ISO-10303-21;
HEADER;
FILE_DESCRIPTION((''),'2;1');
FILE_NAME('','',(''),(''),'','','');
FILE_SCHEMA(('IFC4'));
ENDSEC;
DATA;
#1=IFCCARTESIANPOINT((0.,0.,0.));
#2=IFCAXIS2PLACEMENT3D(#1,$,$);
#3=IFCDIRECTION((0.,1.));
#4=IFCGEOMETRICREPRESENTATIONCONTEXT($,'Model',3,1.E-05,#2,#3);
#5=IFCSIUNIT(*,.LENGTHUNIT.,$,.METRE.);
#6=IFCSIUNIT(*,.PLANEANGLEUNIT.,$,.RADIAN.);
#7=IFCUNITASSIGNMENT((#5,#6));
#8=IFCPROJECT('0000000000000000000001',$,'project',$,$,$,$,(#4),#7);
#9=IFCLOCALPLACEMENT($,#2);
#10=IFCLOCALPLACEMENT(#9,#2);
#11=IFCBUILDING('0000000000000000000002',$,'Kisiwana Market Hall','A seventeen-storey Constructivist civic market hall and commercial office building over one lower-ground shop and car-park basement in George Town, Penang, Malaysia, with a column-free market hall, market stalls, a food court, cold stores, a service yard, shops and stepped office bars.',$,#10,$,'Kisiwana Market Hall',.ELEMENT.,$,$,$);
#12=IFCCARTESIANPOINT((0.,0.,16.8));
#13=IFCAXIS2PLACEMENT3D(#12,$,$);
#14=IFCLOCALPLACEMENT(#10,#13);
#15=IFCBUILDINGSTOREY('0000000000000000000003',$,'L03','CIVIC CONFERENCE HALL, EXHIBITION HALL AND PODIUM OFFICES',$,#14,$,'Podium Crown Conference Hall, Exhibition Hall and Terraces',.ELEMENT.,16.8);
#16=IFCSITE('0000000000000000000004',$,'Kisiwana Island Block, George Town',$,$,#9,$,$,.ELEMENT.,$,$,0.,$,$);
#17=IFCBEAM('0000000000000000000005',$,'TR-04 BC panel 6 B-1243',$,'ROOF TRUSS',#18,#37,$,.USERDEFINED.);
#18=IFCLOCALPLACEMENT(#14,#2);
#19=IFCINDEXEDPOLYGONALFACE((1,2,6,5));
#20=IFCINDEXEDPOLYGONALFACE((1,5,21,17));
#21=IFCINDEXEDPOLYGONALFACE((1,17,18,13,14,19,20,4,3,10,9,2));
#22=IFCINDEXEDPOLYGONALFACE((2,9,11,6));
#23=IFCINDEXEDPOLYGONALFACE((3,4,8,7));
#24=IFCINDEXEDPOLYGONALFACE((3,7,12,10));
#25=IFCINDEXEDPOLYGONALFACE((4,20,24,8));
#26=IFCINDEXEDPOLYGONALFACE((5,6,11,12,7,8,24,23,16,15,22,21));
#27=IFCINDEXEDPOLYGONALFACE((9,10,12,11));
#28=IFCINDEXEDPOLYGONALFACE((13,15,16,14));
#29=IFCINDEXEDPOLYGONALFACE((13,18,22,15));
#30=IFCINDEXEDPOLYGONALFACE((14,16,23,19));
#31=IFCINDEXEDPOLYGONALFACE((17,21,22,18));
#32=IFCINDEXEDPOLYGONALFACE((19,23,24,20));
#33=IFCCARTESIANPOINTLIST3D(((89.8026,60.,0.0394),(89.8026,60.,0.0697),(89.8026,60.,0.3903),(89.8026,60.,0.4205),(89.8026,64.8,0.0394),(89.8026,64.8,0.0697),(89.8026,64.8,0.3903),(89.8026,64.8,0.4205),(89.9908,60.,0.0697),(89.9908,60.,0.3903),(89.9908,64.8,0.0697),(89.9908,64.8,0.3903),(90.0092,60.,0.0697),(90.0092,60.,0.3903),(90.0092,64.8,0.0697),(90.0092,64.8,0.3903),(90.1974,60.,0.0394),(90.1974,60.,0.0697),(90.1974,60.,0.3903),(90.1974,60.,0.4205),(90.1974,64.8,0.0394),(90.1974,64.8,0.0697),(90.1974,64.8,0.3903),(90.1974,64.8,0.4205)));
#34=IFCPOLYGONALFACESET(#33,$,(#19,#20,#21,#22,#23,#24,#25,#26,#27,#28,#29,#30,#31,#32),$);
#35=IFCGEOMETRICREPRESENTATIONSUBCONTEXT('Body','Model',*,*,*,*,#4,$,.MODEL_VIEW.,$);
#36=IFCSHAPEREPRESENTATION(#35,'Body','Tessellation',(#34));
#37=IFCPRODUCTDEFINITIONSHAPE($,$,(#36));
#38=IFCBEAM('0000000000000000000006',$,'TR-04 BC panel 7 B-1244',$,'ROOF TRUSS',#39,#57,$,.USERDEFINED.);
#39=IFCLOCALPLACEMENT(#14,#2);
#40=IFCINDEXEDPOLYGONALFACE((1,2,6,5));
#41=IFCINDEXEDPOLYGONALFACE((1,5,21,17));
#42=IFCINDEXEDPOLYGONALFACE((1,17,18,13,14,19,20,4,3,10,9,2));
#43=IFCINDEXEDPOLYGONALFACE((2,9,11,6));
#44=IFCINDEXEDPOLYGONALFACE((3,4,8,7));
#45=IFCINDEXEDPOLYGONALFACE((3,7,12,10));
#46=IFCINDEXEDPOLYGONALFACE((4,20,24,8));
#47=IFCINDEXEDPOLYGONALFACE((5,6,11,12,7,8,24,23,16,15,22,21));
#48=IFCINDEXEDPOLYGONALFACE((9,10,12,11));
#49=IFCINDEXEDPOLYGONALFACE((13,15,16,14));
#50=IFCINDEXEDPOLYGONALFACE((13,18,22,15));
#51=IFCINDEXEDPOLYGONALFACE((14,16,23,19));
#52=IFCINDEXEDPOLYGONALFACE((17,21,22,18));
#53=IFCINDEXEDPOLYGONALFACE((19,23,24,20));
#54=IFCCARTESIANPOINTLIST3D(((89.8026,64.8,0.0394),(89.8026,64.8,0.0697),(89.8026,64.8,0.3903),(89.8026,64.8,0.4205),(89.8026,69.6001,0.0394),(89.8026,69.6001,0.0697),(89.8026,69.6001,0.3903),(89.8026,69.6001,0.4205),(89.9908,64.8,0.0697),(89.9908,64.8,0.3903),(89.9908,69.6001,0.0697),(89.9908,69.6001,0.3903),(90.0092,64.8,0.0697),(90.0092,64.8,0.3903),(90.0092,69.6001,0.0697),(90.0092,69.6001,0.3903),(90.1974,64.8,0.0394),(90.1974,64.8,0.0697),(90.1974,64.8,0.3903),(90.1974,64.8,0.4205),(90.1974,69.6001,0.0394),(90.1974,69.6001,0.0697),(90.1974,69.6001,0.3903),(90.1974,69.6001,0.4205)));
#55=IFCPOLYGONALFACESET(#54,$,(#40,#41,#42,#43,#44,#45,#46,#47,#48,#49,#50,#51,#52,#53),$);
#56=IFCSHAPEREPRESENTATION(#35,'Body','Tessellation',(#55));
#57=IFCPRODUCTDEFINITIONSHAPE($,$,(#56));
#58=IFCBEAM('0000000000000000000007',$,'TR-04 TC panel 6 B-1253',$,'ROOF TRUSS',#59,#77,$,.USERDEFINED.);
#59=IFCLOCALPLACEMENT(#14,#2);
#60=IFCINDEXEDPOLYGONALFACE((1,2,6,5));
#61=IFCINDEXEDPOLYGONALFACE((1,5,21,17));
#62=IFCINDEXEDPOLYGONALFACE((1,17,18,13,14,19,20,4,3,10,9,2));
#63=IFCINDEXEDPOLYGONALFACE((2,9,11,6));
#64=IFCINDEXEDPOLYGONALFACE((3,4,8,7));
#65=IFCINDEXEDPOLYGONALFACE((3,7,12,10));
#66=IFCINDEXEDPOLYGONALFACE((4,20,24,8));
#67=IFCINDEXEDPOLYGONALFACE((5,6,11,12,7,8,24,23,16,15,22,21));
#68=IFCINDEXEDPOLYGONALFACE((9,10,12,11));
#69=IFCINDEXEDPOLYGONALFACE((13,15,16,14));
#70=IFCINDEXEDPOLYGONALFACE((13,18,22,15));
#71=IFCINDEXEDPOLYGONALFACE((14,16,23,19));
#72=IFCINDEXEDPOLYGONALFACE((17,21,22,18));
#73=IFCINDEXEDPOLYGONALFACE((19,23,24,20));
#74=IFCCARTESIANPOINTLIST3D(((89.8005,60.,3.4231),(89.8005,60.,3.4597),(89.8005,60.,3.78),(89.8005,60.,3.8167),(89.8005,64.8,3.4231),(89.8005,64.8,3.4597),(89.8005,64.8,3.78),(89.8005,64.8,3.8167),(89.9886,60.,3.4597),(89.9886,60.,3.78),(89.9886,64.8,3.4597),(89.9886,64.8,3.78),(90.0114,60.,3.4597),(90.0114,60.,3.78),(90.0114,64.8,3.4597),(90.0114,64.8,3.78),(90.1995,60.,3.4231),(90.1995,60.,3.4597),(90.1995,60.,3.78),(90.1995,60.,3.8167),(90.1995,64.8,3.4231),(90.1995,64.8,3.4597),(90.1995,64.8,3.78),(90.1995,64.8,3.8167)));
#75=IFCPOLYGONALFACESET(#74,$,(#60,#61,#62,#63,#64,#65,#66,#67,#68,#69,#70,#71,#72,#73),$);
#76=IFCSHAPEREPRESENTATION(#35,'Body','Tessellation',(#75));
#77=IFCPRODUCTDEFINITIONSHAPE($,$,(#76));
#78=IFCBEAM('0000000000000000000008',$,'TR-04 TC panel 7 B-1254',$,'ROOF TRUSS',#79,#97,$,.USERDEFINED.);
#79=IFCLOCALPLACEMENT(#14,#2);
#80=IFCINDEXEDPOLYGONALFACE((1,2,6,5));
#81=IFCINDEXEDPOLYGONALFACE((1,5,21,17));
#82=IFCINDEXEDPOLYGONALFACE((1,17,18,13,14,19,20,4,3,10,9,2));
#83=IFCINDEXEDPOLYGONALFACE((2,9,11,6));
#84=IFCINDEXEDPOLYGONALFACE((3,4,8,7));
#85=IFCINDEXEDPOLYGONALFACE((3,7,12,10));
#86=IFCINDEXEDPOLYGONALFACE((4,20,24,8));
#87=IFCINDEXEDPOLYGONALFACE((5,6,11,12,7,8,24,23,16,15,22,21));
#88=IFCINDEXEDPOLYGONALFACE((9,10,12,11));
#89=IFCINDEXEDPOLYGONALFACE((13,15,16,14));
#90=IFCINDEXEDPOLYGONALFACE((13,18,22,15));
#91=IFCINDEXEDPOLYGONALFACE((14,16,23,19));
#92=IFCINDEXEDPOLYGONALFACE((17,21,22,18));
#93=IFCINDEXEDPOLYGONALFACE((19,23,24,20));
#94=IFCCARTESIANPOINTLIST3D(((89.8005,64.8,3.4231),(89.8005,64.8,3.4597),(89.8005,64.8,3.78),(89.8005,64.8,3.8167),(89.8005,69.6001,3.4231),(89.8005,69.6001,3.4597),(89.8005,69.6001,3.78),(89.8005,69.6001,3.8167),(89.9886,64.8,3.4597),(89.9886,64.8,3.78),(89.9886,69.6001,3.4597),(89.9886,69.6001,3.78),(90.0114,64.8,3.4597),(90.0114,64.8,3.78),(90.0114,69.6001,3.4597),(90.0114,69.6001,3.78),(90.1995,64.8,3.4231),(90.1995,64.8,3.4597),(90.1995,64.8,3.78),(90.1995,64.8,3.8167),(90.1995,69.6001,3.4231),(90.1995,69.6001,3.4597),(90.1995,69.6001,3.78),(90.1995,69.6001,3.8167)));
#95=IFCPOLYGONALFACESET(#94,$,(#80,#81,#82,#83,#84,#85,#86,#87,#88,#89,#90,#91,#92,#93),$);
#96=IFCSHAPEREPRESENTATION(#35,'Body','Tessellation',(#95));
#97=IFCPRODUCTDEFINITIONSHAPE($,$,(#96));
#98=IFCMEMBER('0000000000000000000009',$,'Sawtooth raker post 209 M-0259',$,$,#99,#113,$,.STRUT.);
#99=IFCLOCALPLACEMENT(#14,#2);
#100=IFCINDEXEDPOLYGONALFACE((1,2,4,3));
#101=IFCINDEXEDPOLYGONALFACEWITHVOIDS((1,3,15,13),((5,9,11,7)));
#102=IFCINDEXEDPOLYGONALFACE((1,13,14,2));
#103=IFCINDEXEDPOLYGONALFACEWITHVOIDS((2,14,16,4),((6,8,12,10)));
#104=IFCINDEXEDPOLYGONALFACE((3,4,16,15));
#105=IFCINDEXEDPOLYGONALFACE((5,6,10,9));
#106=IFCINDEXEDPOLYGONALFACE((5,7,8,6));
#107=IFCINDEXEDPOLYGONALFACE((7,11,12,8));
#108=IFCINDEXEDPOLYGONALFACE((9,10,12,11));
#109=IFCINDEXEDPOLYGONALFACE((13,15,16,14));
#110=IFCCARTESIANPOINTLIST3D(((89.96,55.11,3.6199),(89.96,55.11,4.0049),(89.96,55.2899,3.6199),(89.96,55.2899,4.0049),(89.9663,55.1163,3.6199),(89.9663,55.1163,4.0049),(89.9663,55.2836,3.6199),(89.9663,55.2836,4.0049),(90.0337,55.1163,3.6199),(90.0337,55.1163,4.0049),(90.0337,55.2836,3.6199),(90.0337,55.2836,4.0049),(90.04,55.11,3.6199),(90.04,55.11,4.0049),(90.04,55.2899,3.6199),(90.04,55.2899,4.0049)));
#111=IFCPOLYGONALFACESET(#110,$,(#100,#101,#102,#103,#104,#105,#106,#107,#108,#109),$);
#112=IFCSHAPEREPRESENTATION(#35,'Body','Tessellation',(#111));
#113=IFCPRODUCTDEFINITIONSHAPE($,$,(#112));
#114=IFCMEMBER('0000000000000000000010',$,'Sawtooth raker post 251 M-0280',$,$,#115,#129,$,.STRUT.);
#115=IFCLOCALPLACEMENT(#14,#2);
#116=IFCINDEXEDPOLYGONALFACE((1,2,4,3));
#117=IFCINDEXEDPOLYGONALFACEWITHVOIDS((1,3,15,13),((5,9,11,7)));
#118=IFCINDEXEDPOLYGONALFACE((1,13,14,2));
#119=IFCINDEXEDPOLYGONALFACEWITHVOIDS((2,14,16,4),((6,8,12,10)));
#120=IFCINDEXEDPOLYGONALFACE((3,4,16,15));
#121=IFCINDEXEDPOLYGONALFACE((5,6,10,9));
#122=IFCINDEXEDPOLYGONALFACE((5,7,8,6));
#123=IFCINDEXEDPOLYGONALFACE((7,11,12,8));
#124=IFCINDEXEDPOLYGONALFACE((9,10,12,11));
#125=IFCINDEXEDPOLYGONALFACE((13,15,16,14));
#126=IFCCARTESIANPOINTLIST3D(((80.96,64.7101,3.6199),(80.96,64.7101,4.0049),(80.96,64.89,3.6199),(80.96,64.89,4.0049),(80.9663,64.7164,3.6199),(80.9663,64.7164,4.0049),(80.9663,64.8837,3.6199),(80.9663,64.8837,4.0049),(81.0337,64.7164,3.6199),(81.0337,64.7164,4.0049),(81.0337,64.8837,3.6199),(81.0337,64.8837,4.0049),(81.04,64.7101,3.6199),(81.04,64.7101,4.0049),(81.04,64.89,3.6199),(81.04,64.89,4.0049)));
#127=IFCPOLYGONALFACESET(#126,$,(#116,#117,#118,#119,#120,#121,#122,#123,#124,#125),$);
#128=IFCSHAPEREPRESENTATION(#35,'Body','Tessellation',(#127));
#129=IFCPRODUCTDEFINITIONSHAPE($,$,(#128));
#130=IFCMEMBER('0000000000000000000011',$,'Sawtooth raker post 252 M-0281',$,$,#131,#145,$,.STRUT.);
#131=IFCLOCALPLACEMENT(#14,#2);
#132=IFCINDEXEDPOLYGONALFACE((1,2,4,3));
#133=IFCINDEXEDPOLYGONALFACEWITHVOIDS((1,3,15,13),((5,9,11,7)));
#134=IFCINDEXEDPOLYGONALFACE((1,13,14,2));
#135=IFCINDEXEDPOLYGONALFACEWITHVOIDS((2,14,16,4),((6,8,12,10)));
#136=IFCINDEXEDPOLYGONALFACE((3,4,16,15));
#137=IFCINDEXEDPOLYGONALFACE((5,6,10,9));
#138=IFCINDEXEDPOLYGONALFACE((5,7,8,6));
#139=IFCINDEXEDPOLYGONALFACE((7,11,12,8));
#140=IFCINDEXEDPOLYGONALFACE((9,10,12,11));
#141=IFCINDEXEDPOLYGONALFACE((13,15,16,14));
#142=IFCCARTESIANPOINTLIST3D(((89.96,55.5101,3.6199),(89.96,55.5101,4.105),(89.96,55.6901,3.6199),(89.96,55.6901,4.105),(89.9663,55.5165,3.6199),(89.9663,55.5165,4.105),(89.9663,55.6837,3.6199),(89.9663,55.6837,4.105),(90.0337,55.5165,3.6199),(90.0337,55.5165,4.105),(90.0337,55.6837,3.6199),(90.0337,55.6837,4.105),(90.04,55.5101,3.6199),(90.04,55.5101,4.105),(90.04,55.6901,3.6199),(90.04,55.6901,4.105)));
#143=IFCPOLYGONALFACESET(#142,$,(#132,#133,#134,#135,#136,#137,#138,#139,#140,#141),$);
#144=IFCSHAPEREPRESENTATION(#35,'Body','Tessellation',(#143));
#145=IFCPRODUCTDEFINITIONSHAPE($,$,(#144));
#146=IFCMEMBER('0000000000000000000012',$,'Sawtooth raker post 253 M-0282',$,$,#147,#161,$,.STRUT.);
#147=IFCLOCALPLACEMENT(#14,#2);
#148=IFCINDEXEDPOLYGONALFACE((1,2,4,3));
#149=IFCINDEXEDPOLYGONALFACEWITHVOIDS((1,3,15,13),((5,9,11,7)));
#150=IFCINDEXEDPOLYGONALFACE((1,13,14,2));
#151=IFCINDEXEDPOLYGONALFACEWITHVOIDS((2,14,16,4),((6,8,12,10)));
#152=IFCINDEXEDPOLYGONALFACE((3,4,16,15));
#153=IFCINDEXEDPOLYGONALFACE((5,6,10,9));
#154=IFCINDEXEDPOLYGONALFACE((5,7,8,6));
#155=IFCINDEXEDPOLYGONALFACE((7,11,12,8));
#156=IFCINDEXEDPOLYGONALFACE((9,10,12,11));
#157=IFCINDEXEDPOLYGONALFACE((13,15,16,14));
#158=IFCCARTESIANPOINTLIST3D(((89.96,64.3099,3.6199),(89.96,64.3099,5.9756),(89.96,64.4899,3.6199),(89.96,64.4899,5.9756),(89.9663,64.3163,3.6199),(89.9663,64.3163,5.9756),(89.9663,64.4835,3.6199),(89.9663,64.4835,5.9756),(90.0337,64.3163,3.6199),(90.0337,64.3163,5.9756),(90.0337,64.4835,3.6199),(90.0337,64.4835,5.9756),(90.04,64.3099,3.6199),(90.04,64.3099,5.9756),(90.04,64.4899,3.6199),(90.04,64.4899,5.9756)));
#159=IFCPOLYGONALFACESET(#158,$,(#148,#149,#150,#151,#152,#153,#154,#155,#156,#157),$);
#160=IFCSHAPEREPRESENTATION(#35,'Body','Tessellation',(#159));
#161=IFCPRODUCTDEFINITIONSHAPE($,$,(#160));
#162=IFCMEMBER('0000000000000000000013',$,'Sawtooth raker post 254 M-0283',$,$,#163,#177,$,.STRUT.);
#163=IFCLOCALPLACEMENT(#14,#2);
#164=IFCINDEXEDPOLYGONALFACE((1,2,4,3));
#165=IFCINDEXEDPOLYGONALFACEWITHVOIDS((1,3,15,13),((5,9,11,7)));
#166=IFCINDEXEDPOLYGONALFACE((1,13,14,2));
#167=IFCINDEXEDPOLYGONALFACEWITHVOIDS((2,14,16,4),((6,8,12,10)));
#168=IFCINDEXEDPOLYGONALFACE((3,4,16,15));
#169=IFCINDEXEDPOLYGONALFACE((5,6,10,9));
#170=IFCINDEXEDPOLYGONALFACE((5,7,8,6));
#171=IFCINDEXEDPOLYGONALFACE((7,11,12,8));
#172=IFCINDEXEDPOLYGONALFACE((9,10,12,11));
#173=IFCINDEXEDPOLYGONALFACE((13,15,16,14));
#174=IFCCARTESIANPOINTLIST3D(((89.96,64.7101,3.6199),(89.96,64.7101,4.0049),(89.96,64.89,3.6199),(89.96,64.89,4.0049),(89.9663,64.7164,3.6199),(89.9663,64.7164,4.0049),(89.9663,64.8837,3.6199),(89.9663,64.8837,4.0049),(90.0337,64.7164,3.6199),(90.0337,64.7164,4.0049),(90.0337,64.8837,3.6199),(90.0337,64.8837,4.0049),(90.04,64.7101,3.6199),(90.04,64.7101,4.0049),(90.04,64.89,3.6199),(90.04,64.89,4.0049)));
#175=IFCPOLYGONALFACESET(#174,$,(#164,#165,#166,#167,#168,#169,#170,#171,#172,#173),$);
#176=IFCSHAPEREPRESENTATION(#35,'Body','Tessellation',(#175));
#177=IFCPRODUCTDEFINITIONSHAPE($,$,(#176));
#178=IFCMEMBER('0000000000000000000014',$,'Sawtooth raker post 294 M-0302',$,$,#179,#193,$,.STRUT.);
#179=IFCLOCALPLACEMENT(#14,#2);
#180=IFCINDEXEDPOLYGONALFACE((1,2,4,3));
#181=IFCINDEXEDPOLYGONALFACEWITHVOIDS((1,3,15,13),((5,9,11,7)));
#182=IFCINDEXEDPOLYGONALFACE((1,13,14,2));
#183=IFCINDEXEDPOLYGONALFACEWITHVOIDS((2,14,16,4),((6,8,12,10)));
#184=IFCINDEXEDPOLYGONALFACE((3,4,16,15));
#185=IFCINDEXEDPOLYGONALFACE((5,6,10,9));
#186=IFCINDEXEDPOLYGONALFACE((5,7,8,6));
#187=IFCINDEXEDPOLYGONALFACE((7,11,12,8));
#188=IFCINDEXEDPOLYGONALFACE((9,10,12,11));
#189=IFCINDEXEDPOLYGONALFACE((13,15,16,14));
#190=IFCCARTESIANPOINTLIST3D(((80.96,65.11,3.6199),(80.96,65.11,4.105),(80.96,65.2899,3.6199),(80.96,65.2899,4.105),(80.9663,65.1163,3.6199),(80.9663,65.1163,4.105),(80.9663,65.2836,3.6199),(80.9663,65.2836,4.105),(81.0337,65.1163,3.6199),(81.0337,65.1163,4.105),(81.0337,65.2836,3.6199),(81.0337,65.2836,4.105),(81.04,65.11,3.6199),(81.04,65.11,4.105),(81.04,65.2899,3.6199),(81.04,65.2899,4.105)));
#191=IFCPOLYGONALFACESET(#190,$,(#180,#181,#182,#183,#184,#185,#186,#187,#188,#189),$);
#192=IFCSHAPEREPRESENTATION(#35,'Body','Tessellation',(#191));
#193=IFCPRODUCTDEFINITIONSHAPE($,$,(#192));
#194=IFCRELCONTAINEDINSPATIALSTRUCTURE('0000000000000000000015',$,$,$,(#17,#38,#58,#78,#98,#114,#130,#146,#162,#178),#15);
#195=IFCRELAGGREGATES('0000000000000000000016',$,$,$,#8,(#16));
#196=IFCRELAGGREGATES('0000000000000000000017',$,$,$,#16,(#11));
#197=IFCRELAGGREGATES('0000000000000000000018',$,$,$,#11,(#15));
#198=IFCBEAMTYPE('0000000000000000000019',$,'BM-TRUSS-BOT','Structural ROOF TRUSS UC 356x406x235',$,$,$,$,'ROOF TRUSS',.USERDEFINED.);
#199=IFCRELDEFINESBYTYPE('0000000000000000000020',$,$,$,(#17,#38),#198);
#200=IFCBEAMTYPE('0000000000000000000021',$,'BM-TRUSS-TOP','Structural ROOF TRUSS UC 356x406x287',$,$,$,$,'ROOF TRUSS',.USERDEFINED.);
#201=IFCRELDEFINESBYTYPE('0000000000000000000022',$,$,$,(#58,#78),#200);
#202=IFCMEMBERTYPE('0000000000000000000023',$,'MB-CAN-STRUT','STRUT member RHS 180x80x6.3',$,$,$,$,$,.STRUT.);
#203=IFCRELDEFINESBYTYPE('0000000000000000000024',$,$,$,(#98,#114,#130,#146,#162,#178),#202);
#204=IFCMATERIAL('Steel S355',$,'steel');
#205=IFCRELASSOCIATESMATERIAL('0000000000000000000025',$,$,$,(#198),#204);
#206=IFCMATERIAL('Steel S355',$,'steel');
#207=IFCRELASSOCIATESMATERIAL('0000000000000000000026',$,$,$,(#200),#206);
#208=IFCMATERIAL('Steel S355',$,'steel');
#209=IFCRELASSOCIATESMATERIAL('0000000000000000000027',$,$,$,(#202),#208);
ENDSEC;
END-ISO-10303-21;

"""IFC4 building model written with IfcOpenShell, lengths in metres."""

from ifc_helpers import new_model, si_unit, direction, frame, origin, origin_2d, place, context, subcontext, project, spatial, hollow_rectangle, i_section, extrude, material, material_profile, profile_set, type_object, element, save


model = new_model("IFC4")

# Units and contexts
model_context = context("Model", 3, precision=1e-05, world=origin(), true_north=direction((0.0, 1.0)))
body_context = subcontext(model_context, "Body", "Model", "MODEL_VIEW")
ifc_project = project(units=[si_unit("LENGTHUNIT", "METRE"), si_unit("PLANEANGLEUNIT", "RADIAN")], contexts=[model_context])

# Site, building, storey
site_placement = place(None, origin())
site = spatial("IfcSite", under=ifc_project, at=site_placement, Name="Kisiwana Island Block, George Town", CompositionType="ELEMENT", RefElevation=0.0)
building_placement = place(site_placement, origin())
building = spatial("IfcBuilding", under=site, at=building_placement, Name="Kisiwana Market Hall", Description="A seventeen-storey Constructivist civic market hall and commercial office building over one lower-ground shop and car-park basement in George Town, Penang, Malaysia, with a column-free market hall, market stalls, a food court, cold stores, a service yard, shops and stepped office bars.", LongName="Kisiwana Market Hall", CompositionType="ELEMENT")
storey_placement = place(building_placement, frame((0.0, 0.0, 16.8)))
storey = spatial("IfcBuildingStorey", under=building, at=storey_placement, Name="L03", Description="CIVIC CONFERENCE HALL, EXHIBITION HALL AND PODIUM OFFICES", LongName="Podium Crown Conference Hall, Exhibition Hall and Terraces", CompositionType="ELEMENT", Elevation=16.8)

# Beams
ifc_material_1 = material(Name="Steel S355", Category="steel")
ifc_material_profile_1 = material_profile(ifc_material_1, i_section(OverallWidth=0.3948, OverallDepth=0.3811, WebThickness=0.0183, FlangeThickness=0.0303, at=origin_2d()), Name="UC 356x406x235")
ifc_profile_set_1 = profile_set([ifc_material_profile_1], Name="Steel S355")
beam_type_1 = type_object("IfcBeamType", Name="BM-TRUSS-BOT", Description="Structural ROOF TRUSS UC 356x406x235", ElementType="ROOF TRUSS", PredefinedType="USERDEFINED", material=ifc_profile_set_1)
for number, where, z_axis, x_axis, name in (
    (1, (90.0, 60.0, 0.23), (0.0, 1.0, 0.0), (-1.0, 0.0, 0.0), "TR-04 BC panel 6 B-1243"),
    (2, (90.0, 64.8, 0.23), (0.0, 1.0, 0.0), (-1.0, 0.0, 0.0), "TR-04 BC panel 7 B-1244"),
):
    element("IfcBeam", number, at=place(storey_placement, frame(where, z_axis=z_axis, x_axis=x_axis)), inside=storey, type_object=beam_type_1, Name=name, ObjectType="ROOF TRUSS", PredefinedType="USERDEFINED", context=body_context, shape_type="SweptSolid", body=[
        extrude(i_section(OverallWidth=0.3948, OverallDepth=0.3811, WebThickness=0.0183, FlangeThickness=0.0303, at=origin_2d()), origin(), (0.0, 0.0, 1.0), 4.8),
    ])
ifc_material_2 = material(Name="Steel S355", Category="steel")
ifc_material_profile_2 = material_profile(ifc_material_2, i_section(OverallWidth=0.3989, OverallDepth=0.3936, WebThickness=0.0227, FlangeThickness=0.0366, at=origin_2d()), Name="UC 356x406x287")
ifc_profile_set_2 = profile_set([ifc_material_profile_2], Name="Steel S355")
beam_type_2 = type_object("IfcBeamType", Name="BM-TRUSS-TOP", Description="Structural ROOF TRUSS UC 356x406x287", ElementType="ROOF TRUSS", PredefinedType="USERDEFINED", material=ifc_profile_set_2)
for number, where, z_axis, x_axis, name in (
    (3, (90.0, 60.0, 3.6199), (0.0, 1.0, 0.0), (-1.0, 0.0, 0.0), "TR-04 TC panel 6 B-1253"),
    (4, (90.0, 64.8, 3.6199), (0.0, 1.0, 0.0), (-1.0, 0.0, 0.0), "TR-04 TC panel 7 B-1254"),
):
    element("IfcBeam", number, at=place(storey_placement, frame(where, z_axis=z_axis, x_axis=x_axis)), inside=storey, type_object=beam_type_2, Name=name, ObjectType="ROOF TRUSS", PredefinedType="USERDEFINED", context=body_context, shape_type="SweptSolid", body=[
        extrude(i_section(OverallWidth=0.3989, OverallDepth=0.3936, WebThickness=0.0227, FlangeThickness=0.0366, at=origin_2d()), origin(), (0.0, 0.0, 1.0), 4.8),
    ])

# Members
ifc_material_3 = material(Name="Steel S355", Category="steel")
ifc_material_profile_3 = material_profile(ifc_material_3, hollow_rectangle(XDim=0.0801, YDim=0.1799, WallThickness=0.0063, at=origin_2d()), Name="RHS 180x80x6.3")
ifc_profile_set_3 = profile_set([ifc_material_profile_3], Name="Steel S355")
member_type_1 = type_object("IfcMemberType", Name="MB-CAN-STRUT", Description="STRUT member RHS 180x80x6.3", PredefinedType="STRUT", material=ifc_profile_set_3)
for number, where, z_axis, x_axis, name in (
    (5, (90.0, 55.2, 3.6199), (0.0, 0.0, 1.0), (1.0, 0.0, 0.0), "Sawtooth raker post 209 M-0259"),
    (6, (81.0, 64.8, 3.6199), (0.0, 0.0, 1.0), (1.0, 0.0, 0.0), "Sawtooth raker post 251 M-0280"),
):
    element("IfcMember", number, at=place(storey_placement, frame(where, z_axis=z_axis, x_axis=x_axis)), inside=storey, type_object=member_type_1, Name=name, PredefinedType="STRUT", context=body_context, shape_type="SweptSolid", body=[
        extrude(hollow_rectangle(XDim=0.0801, YDim=0.1799, WallThickness=0.0063, at=origin_2d()), origin(), (0.0, 0.0, 1.0), 0.385),
    ])
member_1_placement = place(storey_placement, frame((90.0, 55.6001, 3.6199), z_axis=(0.0, 0.0, 1.0), x_axis=(1.0, 0.0, 0.0)))
element("IfcMember", 7, at=member_1_placement, inside=storey, type_object=member_type_1, Name="Sawtooth raker post 252 M-0281", PredefinedType="STRUT", context=body_context, shape_type="SweptSolid", body=[
    extrude(hollow_rectangle(XDim=0.0801, YDim=0.1799, WallThickness=0.0063, at=origin_2d()), origin(), (0.0, 0.0, 1.0), 0.4851),
])
member_2_placement = place(storey_placement, frame((90.0, 64.3999, 3.6199), z_axis=(0.0, 0.0, 1.0), x_axis=(1.0, 0.0, 0.0)))
element("IfcMember", 8, at=member_2_placement, inside=storey, type_object=member_type_1, Name="Sawtooth raker post 253 M-0282", PredefinedType="STRUT", context=body_context, shape_type="SweptSolid", body=[
    extrude(hollow_rectangle(XDim=0.0801, YDim=0.1799, WallThickness=0.0063, at=origin_2d()), origin(), (0.0, 0.0, 1.0), 2.3557),
])
member_3_placement = place(storey_placement, frame((90.0, 64.8, 3.6199), z_axis=(0.0, 0.0, 1.0), x_axis=(1.0, 0.0, 0.0)))
element("IfcMember", 9, at=member_3_placement, inside=storey, type_object=member_type_1, Name="Sawtooth raker post 254 M-0283", PredefinedType="STRUT", context=body_context, shape_type="SweptSolid", body=[
    extrude(hollow_rectangle(XDim=0.0801, YDim=0.1799, WallThickness=0.0063, at=origin_2d()), origin(), (0.0, 0.0, 1.0), 0.385),
])
for number, where, z_axis, x_axis, name in (
    (10, (81.0, 65.2, 3.6199), (0.0, 0.0, 1.0), (1.0, 0.0, 0.0), "Sawtooth raker post 294 M-0302"),
):
    element("IfcMember", number, at=place(storey_placement, frame(where, z_axis=z_axis, x_axis=x_axis)), inside=storey, type_object=member_type_1, Name=name, PredefinedType="STRUT", context=body_context, shape_type="SweptSolid", body=[
        extrude(hollow_rectangle(XDim=0.0801, YDim=0.1799, WallThickness=0.0063, at=origin_2d()), origin(), (0.0, 0.0, 1.0), 0.4851),
    ])

save(model, "model.ifc")
